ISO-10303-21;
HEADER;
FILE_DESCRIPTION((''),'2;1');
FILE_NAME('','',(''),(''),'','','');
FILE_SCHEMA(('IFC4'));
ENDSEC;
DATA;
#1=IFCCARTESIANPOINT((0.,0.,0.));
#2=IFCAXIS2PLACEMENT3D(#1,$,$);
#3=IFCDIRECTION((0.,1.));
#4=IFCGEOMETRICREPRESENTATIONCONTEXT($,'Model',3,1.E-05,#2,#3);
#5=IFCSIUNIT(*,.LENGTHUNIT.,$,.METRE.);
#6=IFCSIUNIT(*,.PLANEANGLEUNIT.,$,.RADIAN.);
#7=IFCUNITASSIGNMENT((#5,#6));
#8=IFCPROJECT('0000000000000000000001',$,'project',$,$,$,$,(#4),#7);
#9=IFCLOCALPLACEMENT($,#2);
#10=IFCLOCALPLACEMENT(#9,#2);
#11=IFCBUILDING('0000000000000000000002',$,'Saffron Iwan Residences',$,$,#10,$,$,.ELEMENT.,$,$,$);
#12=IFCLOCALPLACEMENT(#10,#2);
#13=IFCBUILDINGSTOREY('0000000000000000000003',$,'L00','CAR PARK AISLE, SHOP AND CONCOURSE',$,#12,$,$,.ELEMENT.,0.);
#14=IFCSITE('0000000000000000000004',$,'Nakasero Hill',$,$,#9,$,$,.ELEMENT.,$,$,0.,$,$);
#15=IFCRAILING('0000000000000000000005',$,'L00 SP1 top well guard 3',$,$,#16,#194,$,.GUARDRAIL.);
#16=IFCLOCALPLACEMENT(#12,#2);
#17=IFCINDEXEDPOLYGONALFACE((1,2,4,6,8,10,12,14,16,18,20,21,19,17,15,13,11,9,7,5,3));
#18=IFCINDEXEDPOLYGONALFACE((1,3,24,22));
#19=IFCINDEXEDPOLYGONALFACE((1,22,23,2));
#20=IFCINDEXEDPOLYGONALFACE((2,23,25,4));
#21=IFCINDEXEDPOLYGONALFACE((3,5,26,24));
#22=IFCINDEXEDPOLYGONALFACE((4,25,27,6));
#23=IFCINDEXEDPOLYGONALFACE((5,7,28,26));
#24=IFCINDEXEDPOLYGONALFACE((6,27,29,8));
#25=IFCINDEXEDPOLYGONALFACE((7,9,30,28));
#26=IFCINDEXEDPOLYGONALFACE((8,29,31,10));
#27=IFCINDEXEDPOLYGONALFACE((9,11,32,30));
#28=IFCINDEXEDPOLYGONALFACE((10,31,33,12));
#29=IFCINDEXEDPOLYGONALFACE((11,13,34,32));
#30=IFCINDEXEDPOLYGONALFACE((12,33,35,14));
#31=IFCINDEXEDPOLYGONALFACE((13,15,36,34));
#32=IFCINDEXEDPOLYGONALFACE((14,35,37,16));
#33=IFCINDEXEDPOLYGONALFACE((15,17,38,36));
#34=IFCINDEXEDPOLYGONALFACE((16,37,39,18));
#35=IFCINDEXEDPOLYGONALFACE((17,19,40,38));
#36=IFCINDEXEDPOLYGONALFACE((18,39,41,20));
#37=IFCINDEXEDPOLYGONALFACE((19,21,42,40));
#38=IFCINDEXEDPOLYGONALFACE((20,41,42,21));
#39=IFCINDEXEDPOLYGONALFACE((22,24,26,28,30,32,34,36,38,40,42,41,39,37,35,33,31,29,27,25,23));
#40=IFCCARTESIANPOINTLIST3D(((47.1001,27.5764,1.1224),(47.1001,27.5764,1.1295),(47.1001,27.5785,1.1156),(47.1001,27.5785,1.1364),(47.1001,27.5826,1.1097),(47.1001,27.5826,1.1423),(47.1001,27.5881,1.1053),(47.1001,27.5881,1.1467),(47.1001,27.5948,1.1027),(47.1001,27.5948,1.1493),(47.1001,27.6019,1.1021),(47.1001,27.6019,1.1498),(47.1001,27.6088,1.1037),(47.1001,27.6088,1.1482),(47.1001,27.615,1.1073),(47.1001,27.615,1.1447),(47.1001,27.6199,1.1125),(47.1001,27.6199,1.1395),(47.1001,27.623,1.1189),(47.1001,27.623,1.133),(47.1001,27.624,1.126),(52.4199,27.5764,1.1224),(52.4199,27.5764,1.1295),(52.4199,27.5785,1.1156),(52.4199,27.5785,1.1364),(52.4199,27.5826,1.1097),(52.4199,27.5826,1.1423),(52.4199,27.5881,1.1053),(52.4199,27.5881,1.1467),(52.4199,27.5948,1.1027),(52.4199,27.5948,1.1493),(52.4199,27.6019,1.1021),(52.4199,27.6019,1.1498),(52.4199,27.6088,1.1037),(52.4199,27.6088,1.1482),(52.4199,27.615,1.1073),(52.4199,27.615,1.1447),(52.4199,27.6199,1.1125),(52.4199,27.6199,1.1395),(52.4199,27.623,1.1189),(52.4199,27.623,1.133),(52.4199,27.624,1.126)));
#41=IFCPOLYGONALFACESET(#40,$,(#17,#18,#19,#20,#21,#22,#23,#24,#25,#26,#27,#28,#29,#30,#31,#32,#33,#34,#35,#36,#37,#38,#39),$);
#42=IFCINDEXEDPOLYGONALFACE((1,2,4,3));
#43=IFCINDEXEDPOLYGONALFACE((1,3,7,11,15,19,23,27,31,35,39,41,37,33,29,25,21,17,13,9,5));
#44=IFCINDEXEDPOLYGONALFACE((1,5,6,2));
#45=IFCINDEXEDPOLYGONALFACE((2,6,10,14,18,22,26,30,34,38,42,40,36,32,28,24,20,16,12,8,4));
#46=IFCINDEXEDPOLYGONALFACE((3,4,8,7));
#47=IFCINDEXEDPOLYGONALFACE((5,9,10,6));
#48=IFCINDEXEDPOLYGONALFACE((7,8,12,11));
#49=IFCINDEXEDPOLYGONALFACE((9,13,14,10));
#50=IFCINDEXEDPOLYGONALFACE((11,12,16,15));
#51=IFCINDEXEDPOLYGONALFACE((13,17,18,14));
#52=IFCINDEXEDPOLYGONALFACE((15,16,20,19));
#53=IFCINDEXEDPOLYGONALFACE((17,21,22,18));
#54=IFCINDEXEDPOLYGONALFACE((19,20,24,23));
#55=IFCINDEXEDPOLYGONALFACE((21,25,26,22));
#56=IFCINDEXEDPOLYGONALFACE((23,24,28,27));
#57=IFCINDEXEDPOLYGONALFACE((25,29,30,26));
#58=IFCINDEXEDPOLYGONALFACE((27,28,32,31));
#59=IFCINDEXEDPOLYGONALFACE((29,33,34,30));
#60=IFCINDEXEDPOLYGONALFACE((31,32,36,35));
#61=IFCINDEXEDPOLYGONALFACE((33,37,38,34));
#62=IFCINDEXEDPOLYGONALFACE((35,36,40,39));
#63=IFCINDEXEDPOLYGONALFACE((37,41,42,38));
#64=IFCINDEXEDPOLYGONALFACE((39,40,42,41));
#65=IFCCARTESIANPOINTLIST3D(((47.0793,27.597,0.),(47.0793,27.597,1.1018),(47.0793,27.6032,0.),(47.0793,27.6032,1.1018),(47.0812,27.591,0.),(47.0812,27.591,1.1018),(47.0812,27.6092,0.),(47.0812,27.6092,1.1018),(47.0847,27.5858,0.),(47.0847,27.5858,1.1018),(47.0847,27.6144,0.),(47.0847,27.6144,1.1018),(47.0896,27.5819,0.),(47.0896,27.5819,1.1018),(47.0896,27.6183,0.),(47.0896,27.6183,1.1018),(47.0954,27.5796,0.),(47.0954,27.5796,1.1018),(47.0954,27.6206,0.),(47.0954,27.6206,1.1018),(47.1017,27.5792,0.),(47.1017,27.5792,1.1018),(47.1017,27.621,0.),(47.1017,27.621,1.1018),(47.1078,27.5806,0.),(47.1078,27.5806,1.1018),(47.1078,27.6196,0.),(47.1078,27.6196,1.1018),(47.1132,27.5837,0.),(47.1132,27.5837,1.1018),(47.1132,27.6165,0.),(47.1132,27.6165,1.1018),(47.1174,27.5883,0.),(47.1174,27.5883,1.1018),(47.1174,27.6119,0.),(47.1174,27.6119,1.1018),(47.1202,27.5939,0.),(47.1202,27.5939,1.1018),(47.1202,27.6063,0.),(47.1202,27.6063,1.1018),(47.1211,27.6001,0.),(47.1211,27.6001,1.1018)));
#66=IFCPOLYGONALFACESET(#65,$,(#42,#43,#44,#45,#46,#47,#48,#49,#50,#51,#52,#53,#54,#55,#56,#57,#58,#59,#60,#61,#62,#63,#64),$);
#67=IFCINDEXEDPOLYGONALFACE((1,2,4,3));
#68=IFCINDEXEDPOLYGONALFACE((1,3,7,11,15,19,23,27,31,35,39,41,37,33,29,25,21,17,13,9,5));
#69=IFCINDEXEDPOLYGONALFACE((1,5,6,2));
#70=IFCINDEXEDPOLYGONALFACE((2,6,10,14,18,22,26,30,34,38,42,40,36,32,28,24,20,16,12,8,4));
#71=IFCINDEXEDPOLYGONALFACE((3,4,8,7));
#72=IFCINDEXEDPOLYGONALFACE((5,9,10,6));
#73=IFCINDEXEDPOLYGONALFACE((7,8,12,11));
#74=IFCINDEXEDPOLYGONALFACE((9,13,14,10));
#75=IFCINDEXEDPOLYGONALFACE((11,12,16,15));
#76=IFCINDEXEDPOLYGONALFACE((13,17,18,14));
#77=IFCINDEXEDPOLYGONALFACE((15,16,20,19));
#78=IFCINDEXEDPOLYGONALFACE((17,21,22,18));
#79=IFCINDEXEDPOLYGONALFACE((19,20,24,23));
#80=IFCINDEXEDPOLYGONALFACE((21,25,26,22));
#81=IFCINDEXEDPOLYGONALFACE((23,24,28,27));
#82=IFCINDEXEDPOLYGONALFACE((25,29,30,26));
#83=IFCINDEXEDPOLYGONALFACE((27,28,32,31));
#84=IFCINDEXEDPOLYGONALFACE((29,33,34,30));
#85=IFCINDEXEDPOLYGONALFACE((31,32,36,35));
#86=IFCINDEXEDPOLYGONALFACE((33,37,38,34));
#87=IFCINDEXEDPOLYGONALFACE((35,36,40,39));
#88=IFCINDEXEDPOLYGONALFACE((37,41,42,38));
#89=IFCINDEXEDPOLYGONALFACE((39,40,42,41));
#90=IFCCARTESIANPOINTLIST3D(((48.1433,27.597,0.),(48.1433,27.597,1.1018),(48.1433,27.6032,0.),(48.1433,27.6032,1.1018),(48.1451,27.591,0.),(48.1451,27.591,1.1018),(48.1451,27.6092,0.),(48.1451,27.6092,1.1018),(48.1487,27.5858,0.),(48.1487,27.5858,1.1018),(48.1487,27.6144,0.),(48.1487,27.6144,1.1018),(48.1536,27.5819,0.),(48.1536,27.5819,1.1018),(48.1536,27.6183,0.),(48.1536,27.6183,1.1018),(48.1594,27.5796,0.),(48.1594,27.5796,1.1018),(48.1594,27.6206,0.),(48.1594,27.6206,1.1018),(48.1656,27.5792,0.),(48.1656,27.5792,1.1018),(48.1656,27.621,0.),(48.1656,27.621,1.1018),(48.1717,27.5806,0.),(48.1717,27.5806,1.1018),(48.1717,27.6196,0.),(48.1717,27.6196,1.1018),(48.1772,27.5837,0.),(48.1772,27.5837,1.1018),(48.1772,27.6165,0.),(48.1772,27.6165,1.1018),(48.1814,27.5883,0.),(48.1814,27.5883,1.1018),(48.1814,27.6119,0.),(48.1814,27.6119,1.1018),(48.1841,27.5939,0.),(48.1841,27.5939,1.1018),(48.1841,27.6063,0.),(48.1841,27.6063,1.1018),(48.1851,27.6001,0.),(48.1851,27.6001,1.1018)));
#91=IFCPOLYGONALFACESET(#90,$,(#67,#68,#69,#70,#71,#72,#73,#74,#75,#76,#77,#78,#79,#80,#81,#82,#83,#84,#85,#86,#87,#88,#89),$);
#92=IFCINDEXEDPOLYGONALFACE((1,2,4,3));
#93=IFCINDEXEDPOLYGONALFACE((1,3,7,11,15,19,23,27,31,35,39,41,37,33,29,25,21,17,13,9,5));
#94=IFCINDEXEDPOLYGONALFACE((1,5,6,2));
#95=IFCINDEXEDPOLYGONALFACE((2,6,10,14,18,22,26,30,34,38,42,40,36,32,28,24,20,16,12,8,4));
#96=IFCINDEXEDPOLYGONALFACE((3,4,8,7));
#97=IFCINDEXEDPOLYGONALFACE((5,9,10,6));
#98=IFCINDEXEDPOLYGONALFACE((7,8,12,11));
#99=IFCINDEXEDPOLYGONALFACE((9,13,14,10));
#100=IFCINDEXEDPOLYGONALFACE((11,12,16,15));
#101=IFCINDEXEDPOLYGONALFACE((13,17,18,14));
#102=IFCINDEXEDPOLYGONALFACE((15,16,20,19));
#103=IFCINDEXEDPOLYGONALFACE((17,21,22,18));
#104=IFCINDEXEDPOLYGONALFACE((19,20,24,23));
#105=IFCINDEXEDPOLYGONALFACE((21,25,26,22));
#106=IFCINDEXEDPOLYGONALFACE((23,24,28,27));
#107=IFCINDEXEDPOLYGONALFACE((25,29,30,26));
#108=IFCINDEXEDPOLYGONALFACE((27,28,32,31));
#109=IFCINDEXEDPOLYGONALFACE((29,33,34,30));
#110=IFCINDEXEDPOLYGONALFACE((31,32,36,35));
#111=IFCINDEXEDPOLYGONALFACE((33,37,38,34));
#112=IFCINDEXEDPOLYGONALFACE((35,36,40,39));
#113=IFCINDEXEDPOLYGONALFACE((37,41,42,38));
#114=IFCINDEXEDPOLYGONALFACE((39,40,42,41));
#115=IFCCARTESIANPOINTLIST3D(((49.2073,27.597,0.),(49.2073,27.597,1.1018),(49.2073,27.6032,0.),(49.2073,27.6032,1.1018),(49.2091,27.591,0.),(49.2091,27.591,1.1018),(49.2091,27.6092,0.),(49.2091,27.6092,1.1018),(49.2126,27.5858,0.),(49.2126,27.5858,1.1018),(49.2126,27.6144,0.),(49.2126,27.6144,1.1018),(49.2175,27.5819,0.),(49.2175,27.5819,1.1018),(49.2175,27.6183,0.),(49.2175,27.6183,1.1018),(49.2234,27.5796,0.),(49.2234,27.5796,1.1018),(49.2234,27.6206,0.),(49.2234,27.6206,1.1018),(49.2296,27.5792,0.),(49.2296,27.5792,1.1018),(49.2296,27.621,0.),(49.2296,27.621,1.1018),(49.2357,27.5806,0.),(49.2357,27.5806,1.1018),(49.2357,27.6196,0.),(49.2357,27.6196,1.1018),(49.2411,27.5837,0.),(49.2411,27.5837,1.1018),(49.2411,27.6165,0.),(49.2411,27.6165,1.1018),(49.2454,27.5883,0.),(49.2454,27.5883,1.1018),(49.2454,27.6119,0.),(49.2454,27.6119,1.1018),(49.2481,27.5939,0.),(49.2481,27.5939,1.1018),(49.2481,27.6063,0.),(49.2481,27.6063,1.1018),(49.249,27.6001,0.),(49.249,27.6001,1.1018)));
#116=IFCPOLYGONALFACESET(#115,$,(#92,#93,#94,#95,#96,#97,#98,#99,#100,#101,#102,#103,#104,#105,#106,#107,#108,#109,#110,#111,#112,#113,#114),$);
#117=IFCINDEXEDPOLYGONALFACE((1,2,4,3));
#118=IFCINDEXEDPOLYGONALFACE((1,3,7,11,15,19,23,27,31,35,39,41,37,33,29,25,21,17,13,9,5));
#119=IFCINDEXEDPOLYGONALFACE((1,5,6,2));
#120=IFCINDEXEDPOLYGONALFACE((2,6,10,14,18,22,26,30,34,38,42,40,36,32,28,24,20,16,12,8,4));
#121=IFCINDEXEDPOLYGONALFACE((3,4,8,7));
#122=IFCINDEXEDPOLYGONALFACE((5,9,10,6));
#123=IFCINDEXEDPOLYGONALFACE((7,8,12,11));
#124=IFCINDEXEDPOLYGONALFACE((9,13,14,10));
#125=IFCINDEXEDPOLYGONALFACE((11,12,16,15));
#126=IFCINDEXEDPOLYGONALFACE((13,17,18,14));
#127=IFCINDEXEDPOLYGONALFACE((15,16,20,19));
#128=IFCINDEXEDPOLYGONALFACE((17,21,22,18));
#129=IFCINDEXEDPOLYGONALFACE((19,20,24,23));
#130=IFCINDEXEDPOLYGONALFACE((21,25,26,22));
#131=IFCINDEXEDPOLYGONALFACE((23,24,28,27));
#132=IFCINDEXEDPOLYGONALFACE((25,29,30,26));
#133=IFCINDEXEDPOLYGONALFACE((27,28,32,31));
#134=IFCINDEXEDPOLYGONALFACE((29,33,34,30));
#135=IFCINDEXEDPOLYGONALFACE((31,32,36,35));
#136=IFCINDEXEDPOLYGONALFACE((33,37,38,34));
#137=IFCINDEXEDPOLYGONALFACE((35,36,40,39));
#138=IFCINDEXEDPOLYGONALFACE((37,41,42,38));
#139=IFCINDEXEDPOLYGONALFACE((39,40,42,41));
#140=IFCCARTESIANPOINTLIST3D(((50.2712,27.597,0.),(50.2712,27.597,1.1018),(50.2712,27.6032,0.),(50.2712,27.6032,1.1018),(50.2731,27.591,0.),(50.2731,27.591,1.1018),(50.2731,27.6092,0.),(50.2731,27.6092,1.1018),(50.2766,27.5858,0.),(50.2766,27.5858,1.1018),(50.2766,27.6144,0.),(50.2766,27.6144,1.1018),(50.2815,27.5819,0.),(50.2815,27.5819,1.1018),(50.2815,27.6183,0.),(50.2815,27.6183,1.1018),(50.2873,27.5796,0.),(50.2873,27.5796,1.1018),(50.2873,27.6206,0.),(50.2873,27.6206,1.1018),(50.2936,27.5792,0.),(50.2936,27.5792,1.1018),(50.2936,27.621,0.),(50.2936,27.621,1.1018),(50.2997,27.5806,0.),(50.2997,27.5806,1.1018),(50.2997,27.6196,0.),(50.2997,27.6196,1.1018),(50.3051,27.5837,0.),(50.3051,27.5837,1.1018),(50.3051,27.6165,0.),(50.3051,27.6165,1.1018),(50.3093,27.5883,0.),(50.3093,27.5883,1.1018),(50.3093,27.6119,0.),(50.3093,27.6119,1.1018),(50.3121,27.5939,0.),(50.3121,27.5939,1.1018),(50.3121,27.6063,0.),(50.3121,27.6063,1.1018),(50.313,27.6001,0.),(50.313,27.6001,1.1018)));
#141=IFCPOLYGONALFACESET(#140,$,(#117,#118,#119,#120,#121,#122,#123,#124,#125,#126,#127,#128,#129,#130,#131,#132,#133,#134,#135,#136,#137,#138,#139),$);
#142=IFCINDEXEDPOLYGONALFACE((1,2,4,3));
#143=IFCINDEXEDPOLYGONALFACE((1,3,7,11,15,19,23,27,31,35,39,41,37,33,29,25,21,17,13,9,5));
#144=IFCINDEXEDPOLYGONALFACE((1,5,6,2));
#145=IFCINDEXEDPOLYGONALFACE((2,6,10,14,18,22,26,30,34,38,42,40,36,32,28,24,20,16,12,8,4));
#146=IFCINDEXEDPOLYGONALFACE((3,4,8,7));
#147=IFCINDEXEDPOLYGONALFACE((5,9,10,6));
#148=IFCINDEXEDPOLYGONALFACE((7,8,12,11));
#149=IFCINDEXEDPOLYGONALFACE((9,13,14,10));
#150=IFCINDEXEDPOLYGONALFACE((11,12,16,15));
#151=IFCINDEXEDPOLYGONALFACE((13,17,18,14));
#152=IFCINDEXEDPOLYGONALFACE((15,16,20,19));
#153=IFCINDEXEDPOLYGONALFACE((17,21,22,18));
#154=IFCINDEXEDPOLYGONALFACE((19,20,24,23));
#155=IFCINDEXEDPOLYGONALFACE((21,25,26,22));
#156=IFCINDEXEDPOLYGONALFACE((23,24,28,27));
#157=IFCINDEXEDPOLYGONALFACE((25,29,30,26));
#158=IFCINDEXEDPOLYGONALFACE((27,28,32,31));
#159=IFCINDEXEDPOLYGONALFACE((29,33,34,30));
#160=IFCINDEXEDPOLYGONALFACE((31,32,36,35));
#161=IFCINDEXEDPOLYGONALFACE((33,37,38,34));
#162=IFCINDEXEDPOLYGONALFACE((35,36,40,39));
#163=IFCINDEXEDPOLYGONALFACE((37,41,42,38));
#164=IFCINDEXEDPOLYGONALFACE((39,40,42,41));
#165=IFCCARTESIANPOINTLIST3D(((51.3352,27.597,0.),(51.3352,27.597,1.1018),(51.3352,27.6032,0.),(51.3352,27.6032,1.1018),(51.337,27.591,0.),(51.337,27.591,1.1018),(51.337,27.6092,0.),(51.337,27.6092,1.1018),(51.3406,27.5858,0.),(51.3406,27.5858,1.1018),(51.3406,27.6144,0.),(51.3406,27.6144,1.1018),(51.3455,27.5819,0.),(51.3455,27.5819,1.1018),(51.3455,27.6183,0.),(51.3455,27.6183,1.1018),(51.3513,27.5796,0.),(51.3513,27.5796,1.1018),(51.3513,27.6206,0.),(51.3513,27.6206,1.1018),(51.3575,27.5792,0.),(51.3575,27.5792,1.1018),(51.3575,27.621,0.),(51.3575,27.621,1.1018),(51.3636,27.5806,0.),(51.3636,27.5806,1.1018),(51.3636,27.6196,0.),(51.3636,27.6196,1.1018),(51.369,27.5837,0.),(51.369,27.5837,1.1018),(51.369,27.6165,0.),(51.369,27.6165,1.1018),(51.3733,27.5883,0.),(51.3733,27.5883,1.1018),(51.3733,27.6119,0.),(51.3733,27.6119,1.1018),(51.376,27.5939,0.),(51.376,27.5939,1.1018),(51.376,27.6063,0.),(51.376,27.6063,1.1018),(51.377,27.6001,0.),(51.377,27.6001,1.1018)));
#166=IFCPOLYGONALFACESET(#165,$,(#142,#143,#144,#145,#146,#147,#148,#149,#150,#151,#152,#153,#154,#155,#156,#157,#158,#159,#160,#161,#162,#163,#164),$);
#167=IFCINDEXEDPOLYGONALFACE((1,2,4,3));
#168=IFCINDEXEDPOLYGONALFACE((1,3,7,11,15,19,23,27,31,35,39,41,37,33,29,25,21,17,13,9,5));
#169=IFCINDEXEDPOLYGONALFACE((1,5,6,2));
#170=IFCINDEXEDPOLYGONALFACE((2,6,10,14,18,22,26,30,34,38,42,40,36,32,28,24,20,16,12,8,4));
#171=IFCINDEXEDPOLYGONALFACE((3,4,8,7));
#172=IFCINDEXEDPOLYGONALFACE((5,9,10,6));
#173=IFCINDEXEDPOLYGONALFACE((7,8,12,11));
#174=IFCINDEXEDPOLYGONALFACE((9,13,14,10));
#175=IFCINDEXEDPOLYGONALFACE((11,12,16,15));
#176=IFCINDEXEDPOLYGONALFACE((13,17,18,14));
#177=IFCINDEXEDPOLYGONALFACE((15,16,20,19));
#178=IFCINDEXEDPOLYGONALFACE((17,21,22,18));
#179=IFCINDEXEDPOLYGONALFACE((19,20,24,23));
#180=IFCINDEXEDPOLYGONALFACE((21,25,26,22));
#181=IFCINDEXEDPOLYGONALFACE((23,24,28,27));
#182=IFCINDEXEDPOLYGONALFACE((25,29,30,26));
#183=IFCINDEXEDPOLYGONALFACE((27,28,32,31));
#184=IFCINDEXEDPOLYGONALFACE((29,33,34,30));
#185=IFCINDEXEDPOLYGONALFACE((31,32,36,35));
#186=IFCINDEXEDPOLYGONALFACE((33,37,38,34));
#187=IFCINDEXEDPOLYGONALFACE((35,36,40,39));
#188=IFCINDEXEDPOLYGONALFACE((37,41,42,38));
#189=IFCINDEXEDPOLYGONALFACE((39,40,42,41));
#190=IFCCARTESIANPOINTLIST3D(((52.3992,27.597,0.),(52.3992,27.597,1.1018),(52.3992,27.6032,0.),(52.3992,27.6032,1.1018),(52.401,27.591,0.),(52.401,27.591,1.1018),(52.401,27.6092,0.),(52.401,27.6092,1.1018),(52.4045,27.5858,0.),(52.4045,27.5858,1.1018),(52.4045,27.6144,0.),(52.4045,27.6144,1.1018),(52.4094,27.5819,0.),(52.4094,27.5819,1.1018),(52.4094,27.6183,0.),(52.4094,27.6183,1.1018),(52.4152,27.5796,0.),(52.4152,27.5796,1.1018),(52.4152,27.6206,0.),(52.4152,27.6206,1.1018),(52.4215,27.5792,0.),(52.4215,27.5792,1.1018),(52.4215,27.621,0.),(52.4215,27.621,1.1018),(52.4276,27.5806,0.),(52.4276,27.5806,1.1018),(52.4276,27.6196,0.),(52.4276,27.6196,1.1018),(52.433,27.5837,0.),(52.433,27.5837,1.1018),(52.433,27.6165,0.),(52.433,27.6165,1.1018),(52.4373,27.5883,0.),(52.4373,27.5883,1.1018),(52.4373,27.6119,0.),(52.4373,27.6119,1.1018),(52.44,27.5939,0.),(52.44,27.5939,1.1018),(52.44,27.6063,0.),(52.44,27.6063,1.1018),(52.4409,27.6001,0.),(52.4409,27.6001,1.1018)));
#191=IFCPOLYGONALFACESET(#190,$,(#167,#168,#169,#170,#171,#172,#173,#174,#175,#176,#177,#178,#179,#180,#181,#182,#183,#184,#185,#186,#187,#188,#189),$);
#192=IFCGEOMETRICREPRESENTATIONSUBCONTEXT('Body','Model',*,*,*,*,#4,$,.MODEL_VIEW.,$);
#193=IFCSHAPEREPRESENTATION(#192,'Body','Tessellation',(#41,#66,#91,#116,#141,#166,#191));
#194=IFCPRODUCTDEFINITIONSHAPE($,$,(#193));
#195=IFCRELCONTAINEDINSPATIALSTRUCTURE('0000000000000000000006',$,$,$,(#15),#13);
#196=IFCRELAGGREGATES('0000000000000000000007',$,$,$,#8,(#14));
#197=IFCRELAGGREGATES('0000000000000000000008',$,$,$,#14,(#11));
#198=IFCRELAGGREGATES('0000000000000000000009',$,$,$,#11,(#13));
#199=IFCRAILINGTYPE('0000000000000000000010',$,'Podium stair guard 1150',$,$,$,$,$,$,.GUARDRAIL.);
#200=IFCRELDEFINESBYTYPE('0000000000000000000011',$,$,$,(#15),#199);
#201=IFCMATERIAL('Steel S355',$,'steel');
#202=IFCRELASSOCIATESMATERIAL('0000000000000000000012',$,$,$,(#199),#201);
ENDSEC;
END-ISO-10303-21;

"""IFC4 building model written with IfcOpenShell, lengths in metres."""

from ifc_helpers import new_model, si_unit, direction, frame, origin, origin_2d, place, context, subcontext, project, spatial, circle, extrude, material, type_object, element, save


model = new_model("IFC4")

# Units and contexts
model_context = context("Model", 3, precision=1e-05, world=origin(), true_north=direction((0.0, 1.0)))
body_context = subcontext(model_context, "Body", "Model", "MODEL_VIEW")
ifc_project = project(units=[si_unit("LENGTHUNIT", "METRE"), si_unit("PLANEANGLEUNIT", "RADIAN")], contexts=[model_context])

# Site, building, storey
site_placement = place(None, origin())
site = spatial("IfcSite", under=ifc_project, at=site_placement, Name="Nakasero Hill", CompositionType="ELEMENT", RefElevation=0.0)
building_placement = place(site_placement, origin())
building = spatial("IfcBuilding", under=site, at=building_placement, Name="Saffron Iwan Residences", CompositionType="ELEMENT")
storey_placement = place(building_placement, origin())
storey = spatial("IfcBuildingStorey", under=building, at=storey_placement, Name="L00", Description="CAR PARK AISLE, SHOP AND CONCOURSE", CompositionType="ELEMENT", Elevation=0.0)

# Railing
ifc_material_1 = material(Name="Steel S355", Category="steel")
railing_type_1 = type_object("IfcRailingType", Name="Podium stair guard 1150", PredefinedType="GUARDRAIL", material=ifc_material_1)
for number, where, name in (
    (1, (47.1001, 27.6001, 0.0), "L00 SP1 top well guard 3"),
):
    element("IfcRailing", number, at=place(storey_placement, frame(where)), inside=storey, type_object=railing_type_1, Name=name, PredefinedType="GUARDRAIL", context=body_context, shape_type="SweptSolid", body=[
        extrude(circle(Radius=0.0239, at=origin_2d()), frame((0.0, 0.0, 1.126), z_axis=(1.0, 0.0, 0.0), x_axis=(0.0, 1.0, 0.0)), (0.0, 0.0, 1.0), 5.3198),
        extrude(circle(Radius=0.021, at=origin_2d()), origin(), (0.0, 0.0, 1.0), 1.1018),
        extrude(circle(Radius=0.021, at=origin_2d()), frame((1.064, 0.0, 0.0)), (0.0, 0.0, 1.0), 1.1018),
        extrude(circle(Radius=0.021, at=origin_2d()), frame((2.1279, 0.0, 0.0)), (0.0, 0.0, 1.0), 1.1018),
        extrude(circle(Radius=0.021, at=origin_2d()), frame((3.1919, 0.0, 0.0)), (0.0, 0.0, 1.0), 1.1018),
        extrude(circle(Radius=0.021, at=origin_2d()), frame((4.2559, 0.0, 0.0)), (0.0, 0.0, 1.0), 1.1018),
        extrude(circle(Radius=0.021, at=origin_2d()), frame((5.3198, 0.0, 0.0)), (0.0, 0.0, 1.0), 1.1018),
    ])

save(model, "model.ifc")
